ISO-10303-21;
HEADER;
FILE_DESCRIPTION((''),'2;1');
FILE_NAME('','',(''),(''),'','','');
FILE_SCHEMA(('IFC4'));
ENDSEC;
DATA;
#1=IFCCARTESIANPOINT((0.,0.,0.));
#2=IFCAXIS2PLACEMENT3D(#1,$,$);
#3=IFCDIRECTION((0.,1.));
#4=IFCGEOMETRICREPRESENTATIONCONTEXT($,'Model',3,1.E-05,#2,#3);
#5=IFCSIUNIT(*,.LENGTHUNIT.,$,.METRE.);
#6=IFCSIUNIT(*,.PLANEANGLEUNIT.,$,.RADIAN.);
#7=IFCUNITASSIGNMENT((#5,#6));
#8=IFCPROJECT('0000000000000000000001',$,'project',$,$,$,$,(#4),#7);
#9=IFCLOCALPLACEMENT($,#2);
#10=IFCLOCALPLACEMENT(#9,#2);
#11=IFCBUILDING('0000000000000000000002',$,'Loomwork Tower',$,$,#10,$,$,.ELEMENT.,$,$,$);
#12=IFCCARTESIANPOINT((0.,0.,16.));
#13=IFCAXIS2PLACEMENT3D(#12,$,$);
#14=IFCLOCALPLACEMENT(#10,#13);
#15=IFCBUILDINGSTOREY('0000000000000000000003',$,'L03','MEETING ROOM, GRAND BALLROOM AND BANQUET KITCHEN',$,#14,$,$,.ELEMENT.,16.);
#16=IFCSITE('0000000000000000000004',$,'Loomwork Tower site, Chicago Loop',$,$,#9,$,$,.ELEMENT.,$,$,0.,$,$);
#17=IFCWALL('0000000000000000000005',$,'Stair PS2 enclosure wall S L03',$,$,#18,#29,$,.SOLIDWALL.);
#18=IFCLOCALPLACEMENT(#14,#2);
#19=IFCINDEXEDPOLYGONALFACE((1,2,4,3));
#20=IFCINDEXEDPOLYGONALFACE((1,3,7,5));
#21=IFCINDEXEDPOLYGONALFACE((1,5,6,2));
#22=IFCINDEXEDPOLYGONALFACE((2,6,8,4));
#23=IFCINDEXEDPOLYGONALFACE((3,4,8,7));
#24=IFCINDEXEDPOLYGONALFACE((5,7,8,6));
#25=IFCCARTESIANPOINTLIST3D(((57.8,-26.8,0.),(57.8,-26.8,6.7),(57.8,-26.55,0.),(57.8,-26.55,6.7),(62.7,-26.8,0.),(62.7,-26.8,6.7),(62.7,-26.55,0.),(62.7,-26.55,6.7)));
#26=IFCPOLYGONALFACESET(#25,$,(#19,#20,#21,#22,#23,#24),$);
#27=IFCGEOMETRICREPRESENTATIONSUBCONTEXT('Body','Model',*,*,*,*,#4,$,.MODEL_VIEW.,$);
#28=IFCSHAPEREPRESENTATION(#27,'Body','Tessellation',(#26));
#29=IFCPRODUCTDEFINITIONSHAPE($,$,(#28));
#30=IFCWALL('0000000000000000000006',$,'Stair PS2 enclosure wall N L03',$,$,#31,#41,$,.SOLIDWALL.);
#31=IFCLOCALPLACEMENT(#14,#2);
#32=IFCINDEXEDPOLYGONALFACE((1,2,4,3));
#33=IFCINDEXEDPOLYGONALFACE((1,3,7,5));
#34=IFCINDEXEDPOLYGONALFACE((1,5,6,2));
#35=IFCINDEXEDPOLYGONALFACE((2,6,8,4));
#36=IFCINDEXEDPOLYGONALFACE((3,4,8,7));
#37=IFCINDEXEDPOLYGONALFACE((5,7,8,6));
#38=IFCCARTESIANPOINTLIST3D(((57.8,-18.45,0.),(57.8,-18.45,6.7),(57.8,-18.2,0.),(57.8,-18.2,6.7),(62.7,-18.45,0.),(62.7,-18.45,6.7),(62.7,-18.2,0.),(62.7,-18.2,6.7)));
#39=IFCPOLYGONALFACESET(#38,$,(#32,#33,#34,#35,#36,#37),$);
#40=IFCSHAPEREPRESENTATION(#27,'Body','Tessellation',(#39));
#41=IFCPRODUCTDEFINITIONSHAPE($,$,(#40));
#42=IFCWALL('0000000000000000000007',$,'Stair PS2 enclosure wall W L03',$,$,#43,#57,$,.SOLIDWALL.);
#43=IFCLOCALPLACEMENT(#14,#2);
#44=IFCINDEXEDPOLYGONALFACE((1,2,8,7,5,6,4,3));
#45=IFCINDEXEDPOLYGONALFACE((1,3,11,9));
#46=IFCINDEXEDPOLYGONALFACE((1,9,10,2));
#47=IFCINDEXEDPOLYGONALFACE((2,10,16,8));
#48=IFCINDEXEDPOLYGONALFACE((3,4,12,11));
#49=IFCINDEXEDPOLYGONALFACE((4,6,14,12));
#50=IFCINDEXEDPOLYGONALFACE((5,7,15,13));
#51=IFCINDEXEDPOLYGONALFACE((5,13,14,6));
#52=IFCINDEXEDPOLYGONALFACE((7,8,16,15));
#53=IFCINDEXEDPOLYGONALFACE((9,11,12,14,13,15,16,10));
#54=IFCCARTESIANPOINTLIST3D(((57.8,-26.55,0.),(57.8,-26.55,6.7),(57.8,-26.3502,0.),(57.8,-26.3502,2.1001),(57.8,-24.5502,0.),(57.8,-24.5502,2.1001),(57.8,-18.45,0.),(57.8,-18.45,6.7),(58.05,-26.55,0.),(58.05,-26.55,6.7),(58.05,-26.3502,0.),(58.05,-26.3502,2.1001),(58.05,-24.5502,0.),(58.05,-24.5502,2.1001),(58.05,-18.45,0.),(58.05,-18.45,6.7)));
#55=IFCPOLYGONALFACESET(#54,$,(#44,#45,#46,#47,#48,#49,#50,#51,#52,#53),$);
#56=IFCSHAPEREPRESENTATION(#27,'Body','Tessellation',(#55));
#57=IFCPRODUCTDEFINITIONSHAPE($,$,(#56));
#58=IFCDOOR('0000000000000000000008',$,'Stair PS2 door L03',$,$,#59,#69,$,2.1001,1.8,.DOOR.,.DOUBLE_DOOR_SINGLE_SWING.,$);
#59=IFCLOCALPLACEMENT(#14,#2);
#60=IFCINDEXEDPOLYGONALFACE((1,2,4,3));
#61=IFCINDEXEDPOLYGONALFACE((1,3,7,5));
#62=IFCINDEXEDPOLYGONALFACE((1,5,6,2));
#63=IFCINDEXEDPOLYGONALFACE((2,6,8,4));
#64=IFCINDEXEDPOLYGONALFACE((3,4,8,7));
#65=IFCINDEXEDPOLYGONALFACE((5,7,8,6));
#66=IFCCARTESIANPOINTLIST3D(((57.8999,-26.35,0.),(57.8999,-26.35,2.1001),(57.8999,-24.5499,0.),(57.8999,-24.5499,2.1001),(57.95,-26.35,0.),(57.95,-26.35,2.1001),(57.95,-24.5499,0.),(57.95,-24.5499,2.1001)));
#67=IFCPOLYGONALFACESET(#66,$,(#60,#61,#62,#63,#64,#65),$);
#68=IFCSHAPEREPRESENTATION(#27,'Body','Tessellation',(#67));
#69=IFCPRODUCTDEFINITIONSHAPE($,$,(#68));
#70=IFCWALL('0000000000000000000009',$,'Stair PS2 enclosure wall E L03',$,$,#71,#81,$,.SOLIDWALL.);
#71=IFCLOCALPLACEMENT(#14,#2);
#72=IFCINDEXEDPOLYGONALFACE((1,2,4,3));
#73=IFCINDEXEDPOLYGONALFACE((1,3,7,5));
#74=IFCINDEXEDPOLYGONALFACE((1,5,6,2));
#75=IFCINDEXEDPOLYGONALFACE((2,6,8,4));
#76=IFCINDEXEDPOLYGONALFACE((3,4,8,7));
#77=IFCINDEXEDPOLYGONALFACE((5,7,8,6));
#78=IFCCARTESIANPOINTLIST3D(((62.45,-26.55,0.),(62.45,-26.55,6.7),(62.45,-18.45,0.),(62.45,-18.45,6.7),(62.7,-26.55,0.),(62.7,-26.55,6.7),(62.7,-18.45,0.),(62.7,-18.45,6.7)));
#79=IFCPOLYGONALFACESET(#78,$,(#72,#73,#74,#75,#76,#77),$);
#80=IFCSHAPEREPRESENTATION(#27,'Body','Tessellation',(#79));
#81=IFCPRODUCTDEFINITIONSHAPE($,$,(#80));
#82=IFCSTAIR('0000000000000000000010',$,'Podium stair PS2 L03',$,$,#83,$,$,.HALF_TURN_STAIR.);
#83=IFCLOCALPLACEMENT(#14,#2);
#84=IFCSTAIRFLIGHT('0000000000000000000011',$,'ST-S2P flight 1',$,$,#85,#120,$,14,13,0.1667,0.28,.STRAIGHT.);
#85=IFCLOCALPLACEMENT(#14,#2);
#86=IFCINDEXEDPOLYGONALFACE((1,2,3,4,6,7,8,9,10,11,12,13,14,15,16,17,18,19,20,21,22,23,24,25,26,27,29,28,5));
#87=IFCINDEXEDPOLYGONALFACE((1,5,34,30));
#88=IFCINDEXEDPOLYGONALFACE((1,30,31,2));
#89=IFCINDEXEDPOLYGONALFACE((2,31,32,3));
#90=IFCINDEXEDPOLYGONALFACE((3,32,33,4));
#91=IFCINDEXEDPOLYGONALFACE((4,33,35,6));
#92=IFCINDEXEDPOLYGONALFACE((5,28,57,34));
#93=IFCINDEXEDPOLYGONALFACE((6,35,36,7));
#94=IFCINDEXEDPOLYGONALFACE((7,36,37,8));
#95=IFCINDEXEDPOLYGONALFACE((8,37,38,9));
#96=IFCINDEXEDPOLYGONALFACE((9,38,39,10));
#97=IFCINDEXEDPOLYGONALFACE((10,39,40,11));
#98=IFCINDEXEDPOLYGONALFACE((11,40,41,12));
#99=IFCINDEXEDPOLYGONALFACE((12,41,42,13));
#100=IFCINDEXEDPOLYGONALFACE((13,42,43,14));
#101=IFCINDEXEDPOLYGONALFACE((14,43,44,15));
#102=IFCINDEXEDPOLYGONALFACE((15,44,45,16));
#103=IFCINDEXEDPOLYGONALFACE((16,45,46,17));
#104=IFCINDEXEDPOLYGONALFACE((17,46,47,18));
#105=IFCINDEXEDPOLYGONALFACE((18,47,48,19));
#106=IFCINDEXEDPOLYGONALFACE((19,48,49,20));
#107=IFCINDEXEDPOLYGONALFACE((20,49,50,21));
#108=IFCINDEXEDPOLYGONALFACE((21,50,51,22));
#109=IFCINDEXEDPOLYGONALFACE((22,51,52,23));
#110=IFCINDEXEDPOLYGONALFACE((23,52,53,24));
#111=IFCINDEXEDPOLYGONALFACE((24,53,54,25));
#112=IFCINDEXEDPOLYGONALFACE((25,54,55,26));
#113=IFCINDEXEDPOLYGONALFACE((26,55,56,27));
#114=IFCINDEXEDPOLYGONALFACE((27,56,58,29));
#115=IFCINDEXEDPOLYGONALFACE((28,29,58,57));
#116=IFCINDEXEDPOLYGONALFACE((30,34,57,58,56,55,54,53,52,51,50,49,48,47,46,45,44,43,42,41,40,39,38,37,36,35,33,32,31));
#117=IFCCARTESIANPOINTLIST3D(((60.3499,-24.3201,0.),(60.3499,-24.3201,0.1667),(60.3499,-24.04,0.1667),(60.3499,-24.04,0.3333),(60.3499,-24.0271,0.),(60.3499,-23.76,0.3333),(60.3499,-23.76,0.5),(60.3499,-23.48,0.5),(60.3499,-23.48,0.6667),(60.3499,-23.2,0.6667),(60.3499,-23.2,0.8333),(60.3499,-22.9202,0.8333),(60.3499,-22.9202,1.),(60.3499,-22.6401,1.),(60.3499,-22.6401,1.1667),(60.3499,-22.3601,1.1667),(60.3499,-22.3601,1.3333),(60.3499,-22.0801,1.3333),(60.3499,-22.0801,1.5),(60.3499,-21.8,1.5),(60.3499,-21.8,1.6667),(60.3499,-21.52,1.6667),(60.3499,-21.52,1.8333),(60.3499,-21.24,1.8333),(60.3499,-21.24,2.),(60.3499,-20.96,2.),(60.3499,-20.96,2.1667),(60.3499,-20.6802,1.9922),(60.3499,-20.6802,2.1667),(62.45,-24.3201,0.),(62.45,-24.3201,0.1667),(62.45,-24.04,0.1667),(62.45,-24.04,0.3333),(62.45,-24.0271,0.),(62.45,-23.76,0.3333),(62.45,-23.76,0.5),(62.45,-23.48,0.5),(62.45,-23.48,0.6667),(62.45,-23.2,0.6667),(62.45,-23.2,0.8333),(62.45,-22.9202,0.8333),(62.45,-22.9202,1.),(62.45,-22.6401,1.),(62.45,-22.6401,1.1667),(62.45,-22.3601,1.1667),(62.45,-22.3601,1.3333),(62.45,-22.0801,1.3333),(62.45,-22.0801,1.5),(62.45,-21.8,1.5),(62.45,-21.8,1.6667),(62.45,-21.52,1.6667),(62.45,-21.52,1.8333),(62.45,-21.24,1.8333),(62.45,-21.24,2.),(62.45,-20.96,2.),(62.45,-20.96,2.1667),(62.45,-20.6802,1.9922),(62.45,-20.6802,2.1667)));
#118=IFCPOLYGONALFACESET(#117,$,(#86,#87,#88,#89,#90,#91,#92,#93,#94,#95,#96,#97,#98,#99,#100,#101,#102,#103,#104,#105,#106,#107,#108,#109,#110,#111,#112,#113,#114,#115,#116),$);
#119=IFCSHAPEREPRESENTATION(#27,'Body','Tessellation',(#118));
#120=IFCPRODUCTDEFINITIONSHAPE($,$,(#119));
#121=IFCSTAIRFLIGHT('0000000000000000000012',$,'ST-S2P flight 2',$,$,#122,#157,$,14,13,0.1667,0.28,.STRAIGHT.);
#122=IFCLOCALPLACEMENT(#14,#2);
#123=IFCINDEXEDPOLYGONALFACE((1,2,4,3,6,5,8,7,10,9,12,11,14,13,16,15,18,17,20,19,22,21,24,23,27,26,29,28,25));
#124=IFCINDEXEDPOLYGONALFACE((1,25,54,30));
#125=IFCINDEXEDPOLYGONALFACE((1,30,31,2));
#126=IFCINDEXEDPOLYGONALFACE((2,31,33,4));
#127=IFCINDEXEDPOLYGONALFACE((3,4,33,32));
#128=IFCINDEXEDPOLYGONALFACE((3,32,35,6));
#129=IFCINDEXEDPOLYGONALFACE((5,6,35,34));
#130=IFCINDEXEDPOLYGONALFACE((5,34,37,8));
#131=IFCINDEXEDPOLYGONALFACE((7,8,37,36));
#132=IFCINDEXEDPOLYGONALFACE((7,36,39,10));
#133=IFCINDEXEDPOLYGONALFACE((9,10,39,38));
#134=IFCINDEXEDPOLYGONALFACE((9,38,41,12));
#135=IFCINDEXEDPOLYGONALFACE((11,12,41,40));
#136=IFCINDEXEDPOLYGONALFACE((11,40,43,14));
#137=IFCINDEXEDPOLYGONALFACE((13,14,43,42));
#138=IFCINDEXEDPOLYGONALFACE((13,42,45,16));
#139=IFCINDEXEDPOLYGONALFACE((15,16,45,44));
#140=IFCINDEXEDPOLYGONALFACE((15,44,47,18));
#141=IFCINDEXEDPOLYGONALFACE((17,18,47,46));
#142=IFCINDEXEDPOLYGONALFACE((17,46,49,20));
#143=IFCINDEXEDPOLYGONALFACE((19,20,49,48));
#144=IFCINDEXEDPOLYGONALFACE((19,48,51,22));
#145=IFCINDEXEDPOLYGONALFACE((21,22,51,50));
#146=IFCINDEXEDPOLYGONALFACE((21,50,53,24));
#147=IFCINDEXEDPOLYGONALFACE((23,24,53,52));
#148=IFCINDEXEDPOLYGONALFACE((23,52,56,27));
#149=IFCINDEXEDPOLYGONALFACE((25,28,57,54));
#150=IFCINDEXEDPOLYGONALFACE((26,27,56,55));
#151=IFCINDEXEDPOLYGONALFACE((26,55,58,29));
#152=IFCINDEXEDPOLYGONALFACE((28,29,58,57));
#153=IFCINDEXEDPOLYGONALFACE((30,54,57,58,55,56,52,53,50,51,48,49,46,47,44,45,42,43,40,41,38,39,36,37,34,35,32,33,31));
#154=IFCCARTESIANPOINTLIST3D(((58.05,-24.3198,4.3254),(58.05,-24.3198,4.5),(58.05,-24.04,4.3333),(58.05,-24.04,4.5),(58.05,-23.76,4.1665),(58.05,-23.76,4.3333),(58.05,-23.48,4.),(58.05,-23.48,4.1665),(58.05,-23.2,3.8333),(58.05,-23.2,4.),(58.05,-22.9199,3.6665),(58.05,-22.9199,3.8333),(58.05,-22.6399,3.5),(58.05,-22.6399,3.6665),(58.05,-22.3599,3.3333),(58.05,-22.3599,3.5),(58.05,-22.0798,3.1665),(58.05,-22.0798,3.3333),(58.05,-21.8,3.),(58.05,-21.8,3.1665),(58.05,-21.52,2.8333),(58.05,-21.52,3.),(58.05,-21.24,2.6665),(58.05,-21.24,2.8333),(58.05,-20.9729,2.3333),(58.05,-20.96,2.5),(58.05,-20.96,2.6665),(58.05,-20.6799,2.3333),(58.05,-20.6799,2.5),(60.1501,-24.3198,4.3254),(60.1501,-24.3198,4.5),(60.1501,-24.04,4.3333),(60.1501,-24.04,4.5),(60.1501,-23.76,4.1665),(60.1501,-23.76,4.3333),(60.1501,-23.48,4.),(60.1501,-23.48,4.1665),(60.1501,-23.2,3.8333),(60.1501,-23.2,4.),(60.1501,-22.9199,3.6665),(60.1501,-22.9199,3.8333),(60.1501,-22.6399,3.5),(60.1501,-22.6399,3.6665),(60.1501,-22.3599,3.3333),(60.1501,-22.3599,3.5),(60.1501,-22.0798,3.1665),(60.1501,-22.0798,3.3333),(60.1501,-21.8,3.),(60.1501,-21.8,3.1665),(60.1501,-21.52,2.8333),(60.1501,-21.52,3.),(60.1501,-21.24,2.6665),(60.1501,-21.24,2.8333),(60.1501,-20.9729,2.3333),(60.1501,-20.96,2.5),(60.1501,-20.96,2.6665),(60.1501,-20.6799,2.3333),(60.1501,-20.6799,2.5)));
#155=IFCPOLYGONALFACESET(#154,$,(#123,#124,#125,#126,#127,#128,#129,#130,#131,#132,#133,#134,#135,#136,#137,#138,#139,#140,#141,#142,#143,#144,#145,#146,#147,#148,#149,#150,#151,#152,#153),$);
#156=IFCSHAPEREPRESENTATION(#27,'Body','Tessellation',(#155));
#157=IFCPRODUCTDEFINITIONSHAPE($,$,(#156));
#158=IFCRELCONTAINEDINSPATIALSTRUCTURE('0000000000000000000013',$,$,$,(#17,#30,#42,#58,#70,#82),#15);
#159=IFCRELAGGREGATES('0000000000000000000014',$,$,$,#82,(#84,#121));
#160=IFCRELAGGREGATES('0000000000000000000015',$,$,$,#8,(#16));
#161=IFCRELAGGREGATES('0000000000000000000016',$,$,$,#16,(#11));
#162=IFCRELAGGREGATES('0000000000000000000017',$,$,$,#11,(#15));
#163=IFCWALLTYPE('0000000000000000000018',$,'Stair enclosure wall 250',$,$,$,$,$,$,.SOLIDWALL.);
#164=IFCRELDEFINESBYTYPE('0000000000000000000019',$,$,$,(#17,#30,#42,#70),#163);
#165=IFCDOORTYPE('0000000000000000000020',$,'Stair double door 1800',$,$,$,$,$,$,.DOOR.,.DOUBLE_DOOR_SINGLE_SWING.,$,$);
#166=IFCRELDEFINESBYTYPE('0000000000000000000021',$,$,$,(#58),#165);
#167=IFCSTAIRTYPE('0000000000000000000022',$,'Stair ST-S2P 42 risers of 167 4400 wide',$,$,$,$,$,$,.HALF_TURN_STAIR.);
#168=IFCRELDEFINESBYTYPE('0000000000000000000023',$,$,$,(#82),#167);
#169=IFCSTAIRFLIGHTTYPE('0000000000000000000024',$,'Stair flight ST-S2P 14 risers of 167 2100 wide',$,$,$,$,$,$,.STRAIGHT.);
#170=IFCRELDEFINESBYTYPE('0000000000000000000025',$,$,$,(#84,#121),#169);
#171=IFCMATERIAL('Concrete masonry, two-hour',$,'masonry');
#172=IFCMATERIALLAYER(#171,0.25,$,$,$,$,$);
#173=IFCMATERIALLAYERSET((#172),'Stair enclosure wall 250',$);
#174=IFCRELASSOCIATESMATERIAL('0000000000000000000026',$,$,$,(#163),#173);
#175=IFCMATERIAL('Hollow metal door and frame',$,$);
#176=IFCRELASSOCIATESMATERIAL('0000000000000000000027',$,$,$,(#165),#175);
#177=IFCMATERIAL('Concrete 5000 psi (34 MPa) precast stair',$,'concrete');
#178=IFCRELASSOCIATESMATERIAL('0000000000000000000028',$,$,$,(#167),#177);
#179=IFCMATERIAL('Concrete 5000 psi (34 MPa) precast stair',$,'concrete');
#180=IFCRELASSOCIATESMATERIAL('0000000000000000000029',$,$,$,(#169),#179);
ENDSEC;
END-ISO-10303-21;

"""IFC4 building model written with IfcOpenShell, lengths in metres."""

from ifc_helpers import new_model, si_unit, direction, frame, frame_2d, origin, place, context, subcontext, project, spatial, polyline, rectangle, outline, extrude, material, layer, layer_set, type_object, element, fill, aggregate, save


model = new_model("IFC4")

# Units and contexts
model_context = context("Model", 3, precision=1e-05, world=origin(), true_north=direction((0.0, 1.0)))
body_context = subcontext(model_context, "Body", "Model", "MODEL_VIEW")
ifc_project = project(units=[si_unit("LENGTHUNIT", "METRE"), si_unit("PLANEANGLEUNIT", "RADIAN")], contexts=[model_context])

# Site, building, storey
site_placement = place(None, origin())
site = spatial("IfcSite", under=ifc_project, at=site_placement, Name="Loomwork Tower site, Chicago Loop", CompositionType="ELEMENT", RefElevation=0.0)
building_placement = place(site_placement, origin())
building = spatial("IfcBuilding", under=site, at=building_placement, Name="Loomwork Tower", CompositionType="ELEMENT")
storey_placement = place(building_placement, frame((0.0, 0.0, 16.0)))
storey = spatial("IfcBuildingStorey", under=building, at=storey_placement, Name="L03", Description="MEETING ROOM, GRAND BALLROOM AND BANQUET KITCHEN", CompositionType="ELEMENT", Elevation=16.0)

# Walls
ifc_material_1 = material(Name="Concrete masonry, two-hour", Category="masonry")
ifc_layer_1 = layer(ifc_material_1, 0.25)
ifc_layer_set_1 = layer_set([ifc_layer_1], Name="Stair enclosure wall 250")
wall_type_1 = type_object("IfcWallType", Name="Stair enclosure wall 250", PredefinedType="SOLIDWALL", material=ifc_layer_set_1)
for number, where, z_axis, x_axis, name in (
    (1, (57.8, -26.675, 0.0), (0.0, 0.0, 1.0), (1.0, 0.0, 0.0), "Stair PS2 enclosure wall S L03"),
    (2, (57.8, -18.325, 0.0), (0.0, 0.0, 1.0), (1.0, 0.0, 0.0), "Stair PS2 enclosure wall N L03"),
):
    element("IfcWall", number, at=place(storey_placement, frame(where, z_axis=z_axis, x_axis=x_axis)), inside=storey, type_object=wall_type_1, Name=name, PredefinedType="SOLIDWALL", context=body_context, shape_type="SweptSolid", body=[
        extrude(rectangle(XDim=4.8999, YDim=0.25, at=frame_2d((2.45, 0.0))), origin(), (0.0, 0.0, 1.0), 6.7),
    ])

# Wall, opening, door
wall_1_placement = place(storey_placement, frame((57.925, -26.55, 0.0), z_axis=(0.0, 0.0, 1.0), x_axis=(0.0, 1.0, 0.0)))
wall_1 = element("IfcWall", 3, at=wall_1_placement, inside=storey, type_object=wall_type_1, Name="Stair PS2 enclosure wall W L03", PredefinedType="SOLIDWALL", context=body_context, shape_type="SweptSolid", body=[
    extrude(rectangle(XDim=8.1001, YDim=0.25, at=frame_2d((4.05, 0.0))), origin(), (0.0, 0.0, 1.0), 6.7),
])
opening_1_placement = place(wall_1_placement, frame((0.2, 0.0, 0.0)))
opening_1 = element("IfcOpeningElement", 4, at=opening_1_placement, cuts=wall_1, PredefinedType="OPENING", context=body_context, shape_type="SweptSolid", body=[
    extrude(rectangle(XDim=1.8, YDim=2.1001, at=frame_2d((0.8999, 1.05))), frame((0.0, 0.135, 0.0), z_axis=(0.0, -1.0, 0.0), x_axis=(1.0, 0.0, 0.0)), (0.0, 0.0, 1.0), 0.27),
])
ifc_material_2 = material(Name="Hollow metal door and frame")
door_type = type_object("IfcDoorType", Name="Stair double door 1800", OperationType="DOUBLE_DOOR_SINGLE_SWING", PredefinedType="DOOR", material=ifc_material_2)
door_placement = place(opening_1_placement, frame((1.8, 0.0, 0.0), z_axis=(0.0, 0.0, 1.0), x_axis=(-1.0, 0.0, 0.0)))
door = element("IfcDoor", 5, at=door_placement, inside=storey, type_object=door_type, Name="Stair PS2 door L03", OperationType="DOUBLE_DOOR_SINGLE_SWING", OverallHeight=2.1001, OverallWidth=1.8, PredefinedType="DOOR", context=body_context, shape_type="SweptSolid", body=[
    extrude(rectangle(XDim=1.8, YDim=2.1001, at=frame_2d((0.8999, 1.05))), frame((0.0, 0.0249, 0.0), z_axis=(0.0, -1.0, 0.0), x_axis=(1.0, 0.0, 0.0)), (0.0, 0.0, 1.0), 0.05),
])
fill(opening_1, door)

# Wall
wall_2_placement = place(storey_placement, frame((62.575, -26.55, 0.0), z_axis=(0.0, 0.0, 1.0), x_axis=(0.0, 1.0, 0.0)))
element("IfcWall", 6, at=wall_2_placement, inside=storey, type_object=wall_type_1, Name="Stair PS2 enclosure wall E L03", PredefinedType="SOLIDWALL", context=body_context, shape_type="SweptSolid", body=[
    extrude(rectangle(XDim=8.1001, YDim=0.25, at=frame_2d((4.05, 0.0))), origin(), (0.0, 0.0, 1.0), 6.7),
])

# Stair, stair flights
ifc_material_3 = material(Name="Concrete 5000 psi (34 MPa) precast stair", Category="concrete")
stair_type = type_object("IfcStairType", Name="Stair ST-S2P 42 risers of 167 4400 wide", PredefinedType="HALF_TURN_STAIR", material=ifc_material_3)
stair_placement = place(storey_placement, origin())
stair = element("IfcStair", 7, at=stair_placement, inside=storey, type_object=stair_type, Name="Podium stair PS2 L03", PredefinedType="HALF_TURN_STAIR")
ifc_material_4 = material(Name="Concrete 5000 psi (34 MPa) precast stair", Category="concrete")
stair_flight_type = type_object("IfcStairFlightType", Name="Stair flight ST-S2P 14 risers of 167 2100 wide", PredefinedType="STRAIGHT", material=ifc_material_4)
stair_flight_1_placement = place(storey_placement, frame((61.3999, -24.3201, 0.0), z_axis=(0.0, 0.0, 1.0), x_axis=(0.0, 1.0, 0.0)))
stair_flight_1 = element("IfcStairFlight", 8, at=stair_flight_1_placement, type_object=stair_flight_type, Name="ST-S2P flight 1", NumberOfRisers=14, NumberOfTreads=13, PredefinedType="STRAIGHT", RiserHeight=0.1667, TreadLength=0.28, context=body_context, shape_type="SweptSolid", body=[
    extrude(outline(polyline([(0.0, 0.0), (0.0, 0.1667), (0.28, 0.1667), (0.28, 0.3333), (0.5601, 0.3333), (0.5601, 0.5), (0.8401, 0.5), (0.8401, 0.6667), (1.1201, 0.6667), (1.1201, 0.8333), (1.3999, 0.8333), (1.3999, 1.0), (1.6799, 1.0), (1.6799, 1.1667), (1.96, 1.1667), (1.96, 1.3333), (2.24, 1.3333), (2.24, 1.5), (2.52, 1.5), (2.52, 1.6667), (2.8, 1.6667), (2.8, 1.8333), (3.0801, 1.8333), (3.0801, 2.0), (3.3601, 2.0), (3.3601, 2.1667), (3.6399, 2.1667), (3.6399, 2.3333), (3.6399, 1.9922), (0.293, 0.0), (0.0, 0.0)])), frame((0.0, 1.05, 0.0), z_axis=(0.0, -1.0, 0.0), x_axis=(1.0, 0.0, 0.0)), (0.0, 0.0, 1.0), 2.1001),
])
stair_flight_2_placement = place(storey_placement, frame((59.1001, -20.6799, 2.3333), z_axis=(0.0, 0.0, 1.0), x_axis=(0.0, -1.0, 0.0)))
stair_flight_2 = element("IfcStairFlight", 9, at=stair_flight_2_placement, type_object=stair_flight_type, Name="ST-S2P flight 2", NumberOfRisers=14, NumberOfTreads=13, PredefinedType="STRAIGHT", RiserHeight=0.1667, TreadLength=0.28, context=body_context, shape_type="SweptSolid", body=[
    extrude(outline(polyline([(0.0, 0.0), (0.0, 0.1667), (0.28, 0.1667), (0.28, 0.3333), (0.5601, 0.3333), (0.5601, 0.5), (0.8401, 0.5), (0.8401, 0.6667), (1.1201, 0.6667), (1.1201, 0.8333), (1.3999, 0.8333), (1.3999, 1.0), (1.6799, 1.0), (1.6799, 1.1667), (1.96, 1.1667), (1.96, 1.3333), (2.24, 1.3333), (2.24, 1.5), (2.52, 1.5), (2.52, 1.6667), (2.8, 1.6667), (2.8, 1.8333), (3.0801, 1.8333), (3.0801, 2.0), (3.3601, 2.0), (3.3601, 2.1667), (3.6399, 2.1667), (3.6399, 2.3333), (3.6399, 1.9922), (0.293, 0.0), (0.0, 0.0)])), frame((0.0, 1.05, 0.0), z_axis=(0.0, -1.0, 0.0), x_axis=(1.0, 0.0, 0.0)), (0.0, 0.0, 1.0), 2.1001),
])
aggregate(stair, [stair_flight_1, stair_flight_2])

save(model, "model.ifc")
